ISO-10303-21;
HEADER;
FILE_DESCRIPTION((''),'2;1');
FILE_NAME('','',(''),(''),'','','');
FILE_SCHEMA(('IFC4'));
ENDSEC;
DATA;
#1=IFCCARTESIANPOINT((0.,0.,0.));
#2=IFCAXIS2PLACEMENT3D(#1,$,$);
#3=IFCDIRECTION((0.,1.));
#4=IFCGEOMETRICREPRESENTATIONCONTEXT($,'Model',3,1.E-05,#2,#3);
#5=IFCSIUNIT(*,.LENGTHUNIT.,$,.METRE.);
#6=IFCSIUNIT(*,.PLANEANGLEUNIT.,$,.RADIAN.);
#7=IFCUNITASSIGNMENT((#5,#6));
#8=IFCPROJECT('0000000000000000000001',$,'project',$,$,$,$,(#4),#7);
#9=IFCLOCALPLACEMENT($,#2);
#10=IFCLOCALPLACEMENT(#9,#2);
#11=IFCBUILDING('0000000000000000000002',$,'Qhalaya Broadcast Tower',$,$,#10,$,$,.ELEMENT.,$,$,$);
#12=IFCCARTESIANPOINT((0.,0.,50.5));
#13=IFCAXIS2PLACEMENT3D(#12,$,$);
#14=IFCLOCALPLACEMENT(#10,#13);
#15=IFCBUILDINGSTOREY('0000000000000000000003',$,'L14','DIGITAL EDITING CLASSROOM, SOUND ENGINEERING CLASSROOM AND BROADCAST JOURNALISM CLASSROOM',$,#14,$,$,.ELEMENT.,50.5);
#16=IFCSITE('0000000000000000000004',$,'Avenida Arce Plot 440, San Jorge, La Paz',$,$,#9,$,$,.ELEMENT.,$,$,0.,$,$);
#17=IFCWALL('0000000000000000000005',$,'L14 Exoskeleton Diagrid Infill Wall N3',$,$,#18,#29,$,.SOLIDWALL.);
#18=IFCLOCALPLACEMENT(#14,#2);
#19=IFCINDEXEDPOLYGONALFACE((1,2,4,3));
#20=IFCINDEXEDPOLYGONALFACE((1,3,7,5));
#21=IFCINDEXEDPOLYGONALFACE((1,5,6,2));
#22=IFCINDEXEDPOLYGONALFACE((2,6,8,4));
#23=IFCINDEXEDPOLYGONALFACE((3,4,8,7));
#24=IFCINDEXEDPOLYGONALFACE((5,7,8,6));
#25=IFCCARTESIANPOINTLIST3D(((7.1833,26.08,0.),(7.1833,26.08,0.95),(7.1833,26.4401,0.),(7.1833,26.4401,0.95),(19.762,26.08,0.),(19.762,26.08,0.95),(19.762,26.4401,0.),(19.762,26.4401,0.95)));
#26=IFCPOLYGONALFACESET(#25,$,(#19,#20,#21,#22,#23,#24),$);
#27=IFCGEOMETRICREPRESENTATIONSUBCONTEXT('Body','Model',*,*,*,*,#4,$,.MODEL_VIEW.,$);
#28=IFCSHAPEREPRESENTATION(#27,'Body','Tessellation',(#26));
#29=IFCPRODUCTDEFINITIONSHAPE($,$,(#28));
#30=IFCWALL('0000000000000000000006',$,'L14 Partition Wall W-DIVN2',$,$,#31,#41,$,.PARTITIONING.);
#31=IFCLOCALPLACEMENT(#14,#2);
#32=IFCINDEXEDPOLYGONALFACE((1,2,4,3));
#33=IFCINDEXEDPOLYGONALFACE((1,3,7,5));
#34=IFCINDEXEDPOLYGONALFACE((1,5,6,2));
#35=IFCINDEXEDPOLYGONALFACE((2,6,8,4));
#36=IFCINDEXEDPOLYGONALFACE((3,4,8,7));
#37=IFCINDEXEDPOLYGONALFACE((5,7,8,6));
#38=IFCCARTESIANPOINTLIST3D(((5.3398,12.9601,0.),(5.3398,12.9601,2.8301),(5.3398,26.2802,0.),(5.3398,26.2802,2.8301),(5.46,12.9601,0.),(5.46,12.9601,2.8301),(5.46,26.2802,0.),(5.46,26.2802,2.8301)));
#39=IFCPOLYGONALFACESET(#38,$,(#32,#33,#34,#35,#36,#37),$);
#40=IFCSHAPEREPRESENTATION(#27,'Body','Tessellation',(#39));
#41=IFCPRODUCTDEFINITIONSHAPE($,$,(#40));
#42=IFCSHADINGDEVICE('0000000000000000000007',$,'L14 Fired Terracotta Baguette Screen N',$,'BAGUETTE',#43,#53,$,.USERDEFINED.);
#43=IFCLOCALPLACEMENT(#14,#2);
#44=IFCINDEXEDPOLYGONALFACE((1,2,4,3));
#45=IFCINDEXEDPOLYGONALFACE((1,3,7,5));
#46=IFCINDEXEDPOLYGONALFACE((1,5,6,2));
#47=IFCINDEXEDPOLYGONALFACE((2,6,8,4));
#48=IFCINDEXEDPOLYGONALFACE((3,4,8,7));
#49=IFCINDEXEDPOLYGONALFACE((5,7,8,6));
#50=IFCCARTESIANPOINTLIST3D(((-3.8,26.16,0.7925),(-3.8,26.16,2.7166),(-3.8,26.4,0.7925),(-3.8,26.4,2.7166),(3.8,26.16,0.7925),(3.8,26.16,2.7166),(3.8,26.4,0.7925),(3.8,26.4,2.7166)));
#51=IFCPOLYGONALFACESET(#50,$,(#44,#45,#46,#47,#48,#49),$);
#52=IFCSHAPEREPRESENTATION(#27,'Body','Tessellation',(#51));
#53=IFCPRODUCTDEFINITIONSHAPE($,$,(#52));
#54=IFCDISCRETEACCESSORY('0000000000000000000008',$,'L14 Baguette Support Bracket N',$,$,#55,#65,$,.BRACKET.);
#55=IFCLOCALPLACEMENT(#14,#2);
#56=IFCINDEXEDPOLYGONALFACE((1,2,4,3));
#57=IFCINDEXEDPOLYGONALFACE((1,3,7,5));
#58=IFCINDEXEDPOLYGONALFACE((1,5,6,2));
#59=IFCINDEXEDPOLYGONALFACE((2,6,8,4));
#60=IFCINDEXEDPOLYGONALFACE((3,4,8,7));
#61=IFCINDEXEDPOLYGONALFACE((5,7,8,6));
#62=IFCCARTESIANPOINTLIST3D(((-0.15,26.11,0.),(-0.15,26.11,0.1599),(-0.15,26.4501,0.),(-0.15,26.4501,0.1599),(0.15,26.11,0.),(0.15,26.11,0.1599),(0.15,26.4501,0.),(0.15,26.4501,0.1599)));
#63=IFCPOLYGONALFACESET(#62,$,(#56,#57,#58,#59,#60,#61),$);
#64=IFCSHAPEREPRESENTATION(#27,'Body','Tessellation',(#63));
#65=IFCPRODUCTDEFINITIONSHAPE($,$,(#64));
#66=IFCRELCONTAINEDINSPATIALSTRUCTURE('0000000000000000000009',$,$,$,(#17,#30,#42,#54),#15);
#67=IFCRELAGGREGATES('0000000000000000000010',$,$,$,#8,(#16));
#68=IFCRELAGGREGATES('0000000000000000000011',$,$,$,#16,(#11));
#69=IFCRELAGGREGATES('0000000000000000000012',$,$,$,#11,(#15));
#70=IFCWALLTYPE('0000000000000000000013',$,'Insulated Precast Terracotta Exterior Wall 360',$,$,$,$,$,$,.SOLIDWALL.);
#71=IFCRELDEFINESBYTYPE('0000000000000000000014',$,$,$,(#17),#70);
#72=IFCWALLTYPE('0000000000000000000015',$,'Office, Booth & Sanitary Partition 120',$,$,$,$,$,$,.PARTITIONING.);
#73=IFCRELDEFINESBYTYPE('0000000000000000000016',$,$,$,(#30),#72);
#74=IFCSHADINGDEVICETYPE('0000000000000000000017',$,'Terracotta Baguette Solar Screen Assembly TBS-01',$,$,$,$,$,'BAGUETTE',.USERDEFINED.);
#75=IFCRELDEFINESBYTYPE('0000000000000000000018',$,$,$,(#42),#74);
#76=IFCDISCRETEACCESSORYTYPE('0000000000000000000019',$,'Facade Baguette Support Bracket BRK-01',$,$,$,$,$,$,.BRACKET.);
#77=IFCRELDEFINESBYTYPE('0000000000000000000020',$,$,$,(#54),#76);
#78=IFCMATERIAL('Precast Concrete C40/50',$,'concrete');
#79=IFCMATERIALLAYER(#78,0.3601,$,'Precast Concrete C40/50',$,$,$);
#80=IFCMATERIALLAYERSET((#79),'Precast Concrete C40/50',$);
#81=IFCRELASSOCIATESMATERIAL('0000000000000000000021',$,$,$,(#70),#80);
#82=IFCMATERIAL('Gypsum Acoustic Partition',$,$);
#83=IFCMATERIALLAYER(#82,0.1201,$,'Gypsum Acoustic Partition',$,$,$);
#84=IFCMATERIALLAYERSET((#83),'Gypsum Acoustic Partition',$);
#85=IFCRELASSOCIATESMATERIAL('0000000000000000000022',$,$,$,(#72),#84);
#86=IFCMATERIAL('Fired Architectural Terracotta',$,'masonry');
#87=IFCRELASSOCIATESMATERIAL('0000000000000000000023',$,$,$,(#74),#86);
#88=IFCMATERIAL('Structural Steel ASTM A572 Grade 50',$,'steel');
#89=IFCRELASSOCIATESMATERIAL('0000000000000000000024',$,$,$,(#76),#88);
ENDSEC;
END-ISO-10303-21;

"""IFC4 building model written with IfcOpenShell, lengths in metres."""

from ifc_helpers import new_model, si_unit, direction, frame, frame_2d, origin, origin_2d, place, context, subcontext, project, spatial, rectangle, extrude, material, layer, layer_set, type_object, element, save


model = new_model("IFC4")

# Units and contexts
model_context = context("Model", 3, precision=1e-05, world=origin(), true_north=direction((0.0, 1.0)))
body_context = subcontext(model_context, "Body", "Model", "MODEL_VIEW")
ifc_project = project(units=[si_unit("LENGTHUNIT", "METRE"), si_unit("PLANEANGLEUNIT", "RADIAN")], contexts=[model_context])

# Site, building, storey
site_placement = place(None, origin())
site = spatial("IfcSite", under=ifc_project, at=site_placement, Name="Avenida Arce Plot 440, San Jorge, La Paz", CompositionType="ELEMENT", RefElevation=0.0)
building_placement = place(site_placement, origin())
building = spatial("IfcBuilding", under=site, at=building_placement, Name="Qhalaya Broadcast Tower", CompositionType="ELEMENT")
storey_placement = place(building_placement, frame((0.0, 0.0, 50.5)))
storey = spatial("IfcBuildingStorey", under=building, at=storey_placement, Name="L14", Description="DIGITAL EDITING CLASSROOM, SOUND ENGINEERING CLASSROOM AND BROADCAST JOURNALISM CLASSROOM", CompositionType="ELEMENT", Elevation=50.5)

# Shared definitions
ifc_material_1 = material(Name="Structural Steel ASTM A572 Grade 50", Category="steel")

# Shared definitions
ifc_material_2 = material(Name="Gypsum Acoustic Partition")

# Walls
ifc_material_3 = material(Name="Precast Concrete C40/50", Category="concrete")
ifc_layer_1 = layer(ifc_material_3, 0.3601, Name="Precast Concrete C40/50")
ifc_layer_set_1 = layer_set([ifc_layer_1], Name="Precast Concrete C40/50")
wall_type_1 = type_object("IfcWallType", Name="Insulated Precast Terracotta Exterior Wall 360", PredefinedType="SOLIDWALL", material=ifc_layer_set_1)
wall_1_placement = place(storey_placement, frame((7.1833, 26.26, 0.0), z_axis=(0.0, 0.0, 1.0), x_axis=(1.0, 0.0, 0.0)))
element("IfcWall", 1, at=wall_1_placement, inside=storey, type_object=wall_type_1, Name="L14 Exoskeleton Diagrid Infill Wall N3", PredefinedType="SOLIDWALL", context=body_context, shape_type="SweptSolid", body=[
    extrude(rectangle(XDim=12.5786, YDim=0.3601, at=frame_2d((6.2893, 0.0))), origin(), (0.0, 0.0, 1.0), 0.95),
])
ifc_layer_2 = layer(ifc_material_2, 0.1201, Name="Gypsum Acoustic Partition")
ifc_layer_set_2 = layer_set([ifc_layer_2], Name="Gypsum Acoustic Partition")
wall_type_2 = type_object("IfcWallType", Name="Office, Booth & Sanitary Partition 120", PredefinedType="PARTITIONING", material=ifc_layer_set_2)
wall_2_placement = place(storey_placement, frame((5.3999, 12.96, 0.0), z_axis=(0.0, 0.0, 1.0), x_axis=(0.0, 1.0, 0.0)))
element("IfcWall", 2, at=wall_2_placement, inside=storey, type_object=wall_type_2, Name="L14 Partition Wall W-DIVN2", PredefinedType="PARTITIONING", context=body_context, shape_type="SweptSolid", body=[
    extrude(rectangle(XDim=13.3201, YDim=0.1201, at=frame_2d((6.6602, 0.0))), origin(), (0.0, 0.0, 1.0), 2.8301),
])

# Shading device
ifc_material_4 = material(Name="Fired Architectural Terracotta", Category="masonry")
shading_device_type = type_object("IfcShadingDeviceType", Name="Terracotta Baguette Solar Screen Assembly TBS-01", ElementType="BAGUETTE", PredefinedType="USERDEFINED", material=ifc_material_4)
shading_device_placement = place(storey_placement, frame((0.0, 26.28, 0.7925), z_axis=(0.0, 0.0, 1.0), x_axis=(-1.0, 0.0, 0.0)))
element("IfcShadingDevice", 3, at=shading_device_placement, inside=storey, type_object=shading_device_type, Name="L14 Fired Terracotta Baguette Screen N", ObjectType="BAGUETTE", PredefinedType="USERDEFINED", context=body_context, shape_type="SweptSolid", body=[
    extrude(rectangle(XDim=7.6001, YDim=0.24, at=origin_2d()), origin(), (0.0, 0.0, 1.0), 1.9241),
])

# Discrete accessory
discrete_accessory_type = type_object("IfcDiscreteAccessoryType", Name="Facade Baguette Support Bracket BRK-01", PredefinedType="BRACKET", material=ifc_material_1)
discrete_accessory_placement = place(storey_placement, frame((0.0, 26.28, 0.0), z_axis=(0.0, 0.0, 1.0), x_axis=(-1.0, 0.0, 0.0)))
element("IfcDiscreteAccessory", 4, at=discrete_accessory_placement, inside=storey, type_object=discrete_accessory_type, Name="L14 Baguette Support Bracket N", PredefinedType="BRACKET", context=body_context, shape_type="SweptSolid", body=[
    extrude(rectangle(XDim=0.3, YDim=0.3401, at=origin_2d()), origin(), (0.0, 0.0, 1.0), 0.1599),
])

save(model, "model.ifc")
